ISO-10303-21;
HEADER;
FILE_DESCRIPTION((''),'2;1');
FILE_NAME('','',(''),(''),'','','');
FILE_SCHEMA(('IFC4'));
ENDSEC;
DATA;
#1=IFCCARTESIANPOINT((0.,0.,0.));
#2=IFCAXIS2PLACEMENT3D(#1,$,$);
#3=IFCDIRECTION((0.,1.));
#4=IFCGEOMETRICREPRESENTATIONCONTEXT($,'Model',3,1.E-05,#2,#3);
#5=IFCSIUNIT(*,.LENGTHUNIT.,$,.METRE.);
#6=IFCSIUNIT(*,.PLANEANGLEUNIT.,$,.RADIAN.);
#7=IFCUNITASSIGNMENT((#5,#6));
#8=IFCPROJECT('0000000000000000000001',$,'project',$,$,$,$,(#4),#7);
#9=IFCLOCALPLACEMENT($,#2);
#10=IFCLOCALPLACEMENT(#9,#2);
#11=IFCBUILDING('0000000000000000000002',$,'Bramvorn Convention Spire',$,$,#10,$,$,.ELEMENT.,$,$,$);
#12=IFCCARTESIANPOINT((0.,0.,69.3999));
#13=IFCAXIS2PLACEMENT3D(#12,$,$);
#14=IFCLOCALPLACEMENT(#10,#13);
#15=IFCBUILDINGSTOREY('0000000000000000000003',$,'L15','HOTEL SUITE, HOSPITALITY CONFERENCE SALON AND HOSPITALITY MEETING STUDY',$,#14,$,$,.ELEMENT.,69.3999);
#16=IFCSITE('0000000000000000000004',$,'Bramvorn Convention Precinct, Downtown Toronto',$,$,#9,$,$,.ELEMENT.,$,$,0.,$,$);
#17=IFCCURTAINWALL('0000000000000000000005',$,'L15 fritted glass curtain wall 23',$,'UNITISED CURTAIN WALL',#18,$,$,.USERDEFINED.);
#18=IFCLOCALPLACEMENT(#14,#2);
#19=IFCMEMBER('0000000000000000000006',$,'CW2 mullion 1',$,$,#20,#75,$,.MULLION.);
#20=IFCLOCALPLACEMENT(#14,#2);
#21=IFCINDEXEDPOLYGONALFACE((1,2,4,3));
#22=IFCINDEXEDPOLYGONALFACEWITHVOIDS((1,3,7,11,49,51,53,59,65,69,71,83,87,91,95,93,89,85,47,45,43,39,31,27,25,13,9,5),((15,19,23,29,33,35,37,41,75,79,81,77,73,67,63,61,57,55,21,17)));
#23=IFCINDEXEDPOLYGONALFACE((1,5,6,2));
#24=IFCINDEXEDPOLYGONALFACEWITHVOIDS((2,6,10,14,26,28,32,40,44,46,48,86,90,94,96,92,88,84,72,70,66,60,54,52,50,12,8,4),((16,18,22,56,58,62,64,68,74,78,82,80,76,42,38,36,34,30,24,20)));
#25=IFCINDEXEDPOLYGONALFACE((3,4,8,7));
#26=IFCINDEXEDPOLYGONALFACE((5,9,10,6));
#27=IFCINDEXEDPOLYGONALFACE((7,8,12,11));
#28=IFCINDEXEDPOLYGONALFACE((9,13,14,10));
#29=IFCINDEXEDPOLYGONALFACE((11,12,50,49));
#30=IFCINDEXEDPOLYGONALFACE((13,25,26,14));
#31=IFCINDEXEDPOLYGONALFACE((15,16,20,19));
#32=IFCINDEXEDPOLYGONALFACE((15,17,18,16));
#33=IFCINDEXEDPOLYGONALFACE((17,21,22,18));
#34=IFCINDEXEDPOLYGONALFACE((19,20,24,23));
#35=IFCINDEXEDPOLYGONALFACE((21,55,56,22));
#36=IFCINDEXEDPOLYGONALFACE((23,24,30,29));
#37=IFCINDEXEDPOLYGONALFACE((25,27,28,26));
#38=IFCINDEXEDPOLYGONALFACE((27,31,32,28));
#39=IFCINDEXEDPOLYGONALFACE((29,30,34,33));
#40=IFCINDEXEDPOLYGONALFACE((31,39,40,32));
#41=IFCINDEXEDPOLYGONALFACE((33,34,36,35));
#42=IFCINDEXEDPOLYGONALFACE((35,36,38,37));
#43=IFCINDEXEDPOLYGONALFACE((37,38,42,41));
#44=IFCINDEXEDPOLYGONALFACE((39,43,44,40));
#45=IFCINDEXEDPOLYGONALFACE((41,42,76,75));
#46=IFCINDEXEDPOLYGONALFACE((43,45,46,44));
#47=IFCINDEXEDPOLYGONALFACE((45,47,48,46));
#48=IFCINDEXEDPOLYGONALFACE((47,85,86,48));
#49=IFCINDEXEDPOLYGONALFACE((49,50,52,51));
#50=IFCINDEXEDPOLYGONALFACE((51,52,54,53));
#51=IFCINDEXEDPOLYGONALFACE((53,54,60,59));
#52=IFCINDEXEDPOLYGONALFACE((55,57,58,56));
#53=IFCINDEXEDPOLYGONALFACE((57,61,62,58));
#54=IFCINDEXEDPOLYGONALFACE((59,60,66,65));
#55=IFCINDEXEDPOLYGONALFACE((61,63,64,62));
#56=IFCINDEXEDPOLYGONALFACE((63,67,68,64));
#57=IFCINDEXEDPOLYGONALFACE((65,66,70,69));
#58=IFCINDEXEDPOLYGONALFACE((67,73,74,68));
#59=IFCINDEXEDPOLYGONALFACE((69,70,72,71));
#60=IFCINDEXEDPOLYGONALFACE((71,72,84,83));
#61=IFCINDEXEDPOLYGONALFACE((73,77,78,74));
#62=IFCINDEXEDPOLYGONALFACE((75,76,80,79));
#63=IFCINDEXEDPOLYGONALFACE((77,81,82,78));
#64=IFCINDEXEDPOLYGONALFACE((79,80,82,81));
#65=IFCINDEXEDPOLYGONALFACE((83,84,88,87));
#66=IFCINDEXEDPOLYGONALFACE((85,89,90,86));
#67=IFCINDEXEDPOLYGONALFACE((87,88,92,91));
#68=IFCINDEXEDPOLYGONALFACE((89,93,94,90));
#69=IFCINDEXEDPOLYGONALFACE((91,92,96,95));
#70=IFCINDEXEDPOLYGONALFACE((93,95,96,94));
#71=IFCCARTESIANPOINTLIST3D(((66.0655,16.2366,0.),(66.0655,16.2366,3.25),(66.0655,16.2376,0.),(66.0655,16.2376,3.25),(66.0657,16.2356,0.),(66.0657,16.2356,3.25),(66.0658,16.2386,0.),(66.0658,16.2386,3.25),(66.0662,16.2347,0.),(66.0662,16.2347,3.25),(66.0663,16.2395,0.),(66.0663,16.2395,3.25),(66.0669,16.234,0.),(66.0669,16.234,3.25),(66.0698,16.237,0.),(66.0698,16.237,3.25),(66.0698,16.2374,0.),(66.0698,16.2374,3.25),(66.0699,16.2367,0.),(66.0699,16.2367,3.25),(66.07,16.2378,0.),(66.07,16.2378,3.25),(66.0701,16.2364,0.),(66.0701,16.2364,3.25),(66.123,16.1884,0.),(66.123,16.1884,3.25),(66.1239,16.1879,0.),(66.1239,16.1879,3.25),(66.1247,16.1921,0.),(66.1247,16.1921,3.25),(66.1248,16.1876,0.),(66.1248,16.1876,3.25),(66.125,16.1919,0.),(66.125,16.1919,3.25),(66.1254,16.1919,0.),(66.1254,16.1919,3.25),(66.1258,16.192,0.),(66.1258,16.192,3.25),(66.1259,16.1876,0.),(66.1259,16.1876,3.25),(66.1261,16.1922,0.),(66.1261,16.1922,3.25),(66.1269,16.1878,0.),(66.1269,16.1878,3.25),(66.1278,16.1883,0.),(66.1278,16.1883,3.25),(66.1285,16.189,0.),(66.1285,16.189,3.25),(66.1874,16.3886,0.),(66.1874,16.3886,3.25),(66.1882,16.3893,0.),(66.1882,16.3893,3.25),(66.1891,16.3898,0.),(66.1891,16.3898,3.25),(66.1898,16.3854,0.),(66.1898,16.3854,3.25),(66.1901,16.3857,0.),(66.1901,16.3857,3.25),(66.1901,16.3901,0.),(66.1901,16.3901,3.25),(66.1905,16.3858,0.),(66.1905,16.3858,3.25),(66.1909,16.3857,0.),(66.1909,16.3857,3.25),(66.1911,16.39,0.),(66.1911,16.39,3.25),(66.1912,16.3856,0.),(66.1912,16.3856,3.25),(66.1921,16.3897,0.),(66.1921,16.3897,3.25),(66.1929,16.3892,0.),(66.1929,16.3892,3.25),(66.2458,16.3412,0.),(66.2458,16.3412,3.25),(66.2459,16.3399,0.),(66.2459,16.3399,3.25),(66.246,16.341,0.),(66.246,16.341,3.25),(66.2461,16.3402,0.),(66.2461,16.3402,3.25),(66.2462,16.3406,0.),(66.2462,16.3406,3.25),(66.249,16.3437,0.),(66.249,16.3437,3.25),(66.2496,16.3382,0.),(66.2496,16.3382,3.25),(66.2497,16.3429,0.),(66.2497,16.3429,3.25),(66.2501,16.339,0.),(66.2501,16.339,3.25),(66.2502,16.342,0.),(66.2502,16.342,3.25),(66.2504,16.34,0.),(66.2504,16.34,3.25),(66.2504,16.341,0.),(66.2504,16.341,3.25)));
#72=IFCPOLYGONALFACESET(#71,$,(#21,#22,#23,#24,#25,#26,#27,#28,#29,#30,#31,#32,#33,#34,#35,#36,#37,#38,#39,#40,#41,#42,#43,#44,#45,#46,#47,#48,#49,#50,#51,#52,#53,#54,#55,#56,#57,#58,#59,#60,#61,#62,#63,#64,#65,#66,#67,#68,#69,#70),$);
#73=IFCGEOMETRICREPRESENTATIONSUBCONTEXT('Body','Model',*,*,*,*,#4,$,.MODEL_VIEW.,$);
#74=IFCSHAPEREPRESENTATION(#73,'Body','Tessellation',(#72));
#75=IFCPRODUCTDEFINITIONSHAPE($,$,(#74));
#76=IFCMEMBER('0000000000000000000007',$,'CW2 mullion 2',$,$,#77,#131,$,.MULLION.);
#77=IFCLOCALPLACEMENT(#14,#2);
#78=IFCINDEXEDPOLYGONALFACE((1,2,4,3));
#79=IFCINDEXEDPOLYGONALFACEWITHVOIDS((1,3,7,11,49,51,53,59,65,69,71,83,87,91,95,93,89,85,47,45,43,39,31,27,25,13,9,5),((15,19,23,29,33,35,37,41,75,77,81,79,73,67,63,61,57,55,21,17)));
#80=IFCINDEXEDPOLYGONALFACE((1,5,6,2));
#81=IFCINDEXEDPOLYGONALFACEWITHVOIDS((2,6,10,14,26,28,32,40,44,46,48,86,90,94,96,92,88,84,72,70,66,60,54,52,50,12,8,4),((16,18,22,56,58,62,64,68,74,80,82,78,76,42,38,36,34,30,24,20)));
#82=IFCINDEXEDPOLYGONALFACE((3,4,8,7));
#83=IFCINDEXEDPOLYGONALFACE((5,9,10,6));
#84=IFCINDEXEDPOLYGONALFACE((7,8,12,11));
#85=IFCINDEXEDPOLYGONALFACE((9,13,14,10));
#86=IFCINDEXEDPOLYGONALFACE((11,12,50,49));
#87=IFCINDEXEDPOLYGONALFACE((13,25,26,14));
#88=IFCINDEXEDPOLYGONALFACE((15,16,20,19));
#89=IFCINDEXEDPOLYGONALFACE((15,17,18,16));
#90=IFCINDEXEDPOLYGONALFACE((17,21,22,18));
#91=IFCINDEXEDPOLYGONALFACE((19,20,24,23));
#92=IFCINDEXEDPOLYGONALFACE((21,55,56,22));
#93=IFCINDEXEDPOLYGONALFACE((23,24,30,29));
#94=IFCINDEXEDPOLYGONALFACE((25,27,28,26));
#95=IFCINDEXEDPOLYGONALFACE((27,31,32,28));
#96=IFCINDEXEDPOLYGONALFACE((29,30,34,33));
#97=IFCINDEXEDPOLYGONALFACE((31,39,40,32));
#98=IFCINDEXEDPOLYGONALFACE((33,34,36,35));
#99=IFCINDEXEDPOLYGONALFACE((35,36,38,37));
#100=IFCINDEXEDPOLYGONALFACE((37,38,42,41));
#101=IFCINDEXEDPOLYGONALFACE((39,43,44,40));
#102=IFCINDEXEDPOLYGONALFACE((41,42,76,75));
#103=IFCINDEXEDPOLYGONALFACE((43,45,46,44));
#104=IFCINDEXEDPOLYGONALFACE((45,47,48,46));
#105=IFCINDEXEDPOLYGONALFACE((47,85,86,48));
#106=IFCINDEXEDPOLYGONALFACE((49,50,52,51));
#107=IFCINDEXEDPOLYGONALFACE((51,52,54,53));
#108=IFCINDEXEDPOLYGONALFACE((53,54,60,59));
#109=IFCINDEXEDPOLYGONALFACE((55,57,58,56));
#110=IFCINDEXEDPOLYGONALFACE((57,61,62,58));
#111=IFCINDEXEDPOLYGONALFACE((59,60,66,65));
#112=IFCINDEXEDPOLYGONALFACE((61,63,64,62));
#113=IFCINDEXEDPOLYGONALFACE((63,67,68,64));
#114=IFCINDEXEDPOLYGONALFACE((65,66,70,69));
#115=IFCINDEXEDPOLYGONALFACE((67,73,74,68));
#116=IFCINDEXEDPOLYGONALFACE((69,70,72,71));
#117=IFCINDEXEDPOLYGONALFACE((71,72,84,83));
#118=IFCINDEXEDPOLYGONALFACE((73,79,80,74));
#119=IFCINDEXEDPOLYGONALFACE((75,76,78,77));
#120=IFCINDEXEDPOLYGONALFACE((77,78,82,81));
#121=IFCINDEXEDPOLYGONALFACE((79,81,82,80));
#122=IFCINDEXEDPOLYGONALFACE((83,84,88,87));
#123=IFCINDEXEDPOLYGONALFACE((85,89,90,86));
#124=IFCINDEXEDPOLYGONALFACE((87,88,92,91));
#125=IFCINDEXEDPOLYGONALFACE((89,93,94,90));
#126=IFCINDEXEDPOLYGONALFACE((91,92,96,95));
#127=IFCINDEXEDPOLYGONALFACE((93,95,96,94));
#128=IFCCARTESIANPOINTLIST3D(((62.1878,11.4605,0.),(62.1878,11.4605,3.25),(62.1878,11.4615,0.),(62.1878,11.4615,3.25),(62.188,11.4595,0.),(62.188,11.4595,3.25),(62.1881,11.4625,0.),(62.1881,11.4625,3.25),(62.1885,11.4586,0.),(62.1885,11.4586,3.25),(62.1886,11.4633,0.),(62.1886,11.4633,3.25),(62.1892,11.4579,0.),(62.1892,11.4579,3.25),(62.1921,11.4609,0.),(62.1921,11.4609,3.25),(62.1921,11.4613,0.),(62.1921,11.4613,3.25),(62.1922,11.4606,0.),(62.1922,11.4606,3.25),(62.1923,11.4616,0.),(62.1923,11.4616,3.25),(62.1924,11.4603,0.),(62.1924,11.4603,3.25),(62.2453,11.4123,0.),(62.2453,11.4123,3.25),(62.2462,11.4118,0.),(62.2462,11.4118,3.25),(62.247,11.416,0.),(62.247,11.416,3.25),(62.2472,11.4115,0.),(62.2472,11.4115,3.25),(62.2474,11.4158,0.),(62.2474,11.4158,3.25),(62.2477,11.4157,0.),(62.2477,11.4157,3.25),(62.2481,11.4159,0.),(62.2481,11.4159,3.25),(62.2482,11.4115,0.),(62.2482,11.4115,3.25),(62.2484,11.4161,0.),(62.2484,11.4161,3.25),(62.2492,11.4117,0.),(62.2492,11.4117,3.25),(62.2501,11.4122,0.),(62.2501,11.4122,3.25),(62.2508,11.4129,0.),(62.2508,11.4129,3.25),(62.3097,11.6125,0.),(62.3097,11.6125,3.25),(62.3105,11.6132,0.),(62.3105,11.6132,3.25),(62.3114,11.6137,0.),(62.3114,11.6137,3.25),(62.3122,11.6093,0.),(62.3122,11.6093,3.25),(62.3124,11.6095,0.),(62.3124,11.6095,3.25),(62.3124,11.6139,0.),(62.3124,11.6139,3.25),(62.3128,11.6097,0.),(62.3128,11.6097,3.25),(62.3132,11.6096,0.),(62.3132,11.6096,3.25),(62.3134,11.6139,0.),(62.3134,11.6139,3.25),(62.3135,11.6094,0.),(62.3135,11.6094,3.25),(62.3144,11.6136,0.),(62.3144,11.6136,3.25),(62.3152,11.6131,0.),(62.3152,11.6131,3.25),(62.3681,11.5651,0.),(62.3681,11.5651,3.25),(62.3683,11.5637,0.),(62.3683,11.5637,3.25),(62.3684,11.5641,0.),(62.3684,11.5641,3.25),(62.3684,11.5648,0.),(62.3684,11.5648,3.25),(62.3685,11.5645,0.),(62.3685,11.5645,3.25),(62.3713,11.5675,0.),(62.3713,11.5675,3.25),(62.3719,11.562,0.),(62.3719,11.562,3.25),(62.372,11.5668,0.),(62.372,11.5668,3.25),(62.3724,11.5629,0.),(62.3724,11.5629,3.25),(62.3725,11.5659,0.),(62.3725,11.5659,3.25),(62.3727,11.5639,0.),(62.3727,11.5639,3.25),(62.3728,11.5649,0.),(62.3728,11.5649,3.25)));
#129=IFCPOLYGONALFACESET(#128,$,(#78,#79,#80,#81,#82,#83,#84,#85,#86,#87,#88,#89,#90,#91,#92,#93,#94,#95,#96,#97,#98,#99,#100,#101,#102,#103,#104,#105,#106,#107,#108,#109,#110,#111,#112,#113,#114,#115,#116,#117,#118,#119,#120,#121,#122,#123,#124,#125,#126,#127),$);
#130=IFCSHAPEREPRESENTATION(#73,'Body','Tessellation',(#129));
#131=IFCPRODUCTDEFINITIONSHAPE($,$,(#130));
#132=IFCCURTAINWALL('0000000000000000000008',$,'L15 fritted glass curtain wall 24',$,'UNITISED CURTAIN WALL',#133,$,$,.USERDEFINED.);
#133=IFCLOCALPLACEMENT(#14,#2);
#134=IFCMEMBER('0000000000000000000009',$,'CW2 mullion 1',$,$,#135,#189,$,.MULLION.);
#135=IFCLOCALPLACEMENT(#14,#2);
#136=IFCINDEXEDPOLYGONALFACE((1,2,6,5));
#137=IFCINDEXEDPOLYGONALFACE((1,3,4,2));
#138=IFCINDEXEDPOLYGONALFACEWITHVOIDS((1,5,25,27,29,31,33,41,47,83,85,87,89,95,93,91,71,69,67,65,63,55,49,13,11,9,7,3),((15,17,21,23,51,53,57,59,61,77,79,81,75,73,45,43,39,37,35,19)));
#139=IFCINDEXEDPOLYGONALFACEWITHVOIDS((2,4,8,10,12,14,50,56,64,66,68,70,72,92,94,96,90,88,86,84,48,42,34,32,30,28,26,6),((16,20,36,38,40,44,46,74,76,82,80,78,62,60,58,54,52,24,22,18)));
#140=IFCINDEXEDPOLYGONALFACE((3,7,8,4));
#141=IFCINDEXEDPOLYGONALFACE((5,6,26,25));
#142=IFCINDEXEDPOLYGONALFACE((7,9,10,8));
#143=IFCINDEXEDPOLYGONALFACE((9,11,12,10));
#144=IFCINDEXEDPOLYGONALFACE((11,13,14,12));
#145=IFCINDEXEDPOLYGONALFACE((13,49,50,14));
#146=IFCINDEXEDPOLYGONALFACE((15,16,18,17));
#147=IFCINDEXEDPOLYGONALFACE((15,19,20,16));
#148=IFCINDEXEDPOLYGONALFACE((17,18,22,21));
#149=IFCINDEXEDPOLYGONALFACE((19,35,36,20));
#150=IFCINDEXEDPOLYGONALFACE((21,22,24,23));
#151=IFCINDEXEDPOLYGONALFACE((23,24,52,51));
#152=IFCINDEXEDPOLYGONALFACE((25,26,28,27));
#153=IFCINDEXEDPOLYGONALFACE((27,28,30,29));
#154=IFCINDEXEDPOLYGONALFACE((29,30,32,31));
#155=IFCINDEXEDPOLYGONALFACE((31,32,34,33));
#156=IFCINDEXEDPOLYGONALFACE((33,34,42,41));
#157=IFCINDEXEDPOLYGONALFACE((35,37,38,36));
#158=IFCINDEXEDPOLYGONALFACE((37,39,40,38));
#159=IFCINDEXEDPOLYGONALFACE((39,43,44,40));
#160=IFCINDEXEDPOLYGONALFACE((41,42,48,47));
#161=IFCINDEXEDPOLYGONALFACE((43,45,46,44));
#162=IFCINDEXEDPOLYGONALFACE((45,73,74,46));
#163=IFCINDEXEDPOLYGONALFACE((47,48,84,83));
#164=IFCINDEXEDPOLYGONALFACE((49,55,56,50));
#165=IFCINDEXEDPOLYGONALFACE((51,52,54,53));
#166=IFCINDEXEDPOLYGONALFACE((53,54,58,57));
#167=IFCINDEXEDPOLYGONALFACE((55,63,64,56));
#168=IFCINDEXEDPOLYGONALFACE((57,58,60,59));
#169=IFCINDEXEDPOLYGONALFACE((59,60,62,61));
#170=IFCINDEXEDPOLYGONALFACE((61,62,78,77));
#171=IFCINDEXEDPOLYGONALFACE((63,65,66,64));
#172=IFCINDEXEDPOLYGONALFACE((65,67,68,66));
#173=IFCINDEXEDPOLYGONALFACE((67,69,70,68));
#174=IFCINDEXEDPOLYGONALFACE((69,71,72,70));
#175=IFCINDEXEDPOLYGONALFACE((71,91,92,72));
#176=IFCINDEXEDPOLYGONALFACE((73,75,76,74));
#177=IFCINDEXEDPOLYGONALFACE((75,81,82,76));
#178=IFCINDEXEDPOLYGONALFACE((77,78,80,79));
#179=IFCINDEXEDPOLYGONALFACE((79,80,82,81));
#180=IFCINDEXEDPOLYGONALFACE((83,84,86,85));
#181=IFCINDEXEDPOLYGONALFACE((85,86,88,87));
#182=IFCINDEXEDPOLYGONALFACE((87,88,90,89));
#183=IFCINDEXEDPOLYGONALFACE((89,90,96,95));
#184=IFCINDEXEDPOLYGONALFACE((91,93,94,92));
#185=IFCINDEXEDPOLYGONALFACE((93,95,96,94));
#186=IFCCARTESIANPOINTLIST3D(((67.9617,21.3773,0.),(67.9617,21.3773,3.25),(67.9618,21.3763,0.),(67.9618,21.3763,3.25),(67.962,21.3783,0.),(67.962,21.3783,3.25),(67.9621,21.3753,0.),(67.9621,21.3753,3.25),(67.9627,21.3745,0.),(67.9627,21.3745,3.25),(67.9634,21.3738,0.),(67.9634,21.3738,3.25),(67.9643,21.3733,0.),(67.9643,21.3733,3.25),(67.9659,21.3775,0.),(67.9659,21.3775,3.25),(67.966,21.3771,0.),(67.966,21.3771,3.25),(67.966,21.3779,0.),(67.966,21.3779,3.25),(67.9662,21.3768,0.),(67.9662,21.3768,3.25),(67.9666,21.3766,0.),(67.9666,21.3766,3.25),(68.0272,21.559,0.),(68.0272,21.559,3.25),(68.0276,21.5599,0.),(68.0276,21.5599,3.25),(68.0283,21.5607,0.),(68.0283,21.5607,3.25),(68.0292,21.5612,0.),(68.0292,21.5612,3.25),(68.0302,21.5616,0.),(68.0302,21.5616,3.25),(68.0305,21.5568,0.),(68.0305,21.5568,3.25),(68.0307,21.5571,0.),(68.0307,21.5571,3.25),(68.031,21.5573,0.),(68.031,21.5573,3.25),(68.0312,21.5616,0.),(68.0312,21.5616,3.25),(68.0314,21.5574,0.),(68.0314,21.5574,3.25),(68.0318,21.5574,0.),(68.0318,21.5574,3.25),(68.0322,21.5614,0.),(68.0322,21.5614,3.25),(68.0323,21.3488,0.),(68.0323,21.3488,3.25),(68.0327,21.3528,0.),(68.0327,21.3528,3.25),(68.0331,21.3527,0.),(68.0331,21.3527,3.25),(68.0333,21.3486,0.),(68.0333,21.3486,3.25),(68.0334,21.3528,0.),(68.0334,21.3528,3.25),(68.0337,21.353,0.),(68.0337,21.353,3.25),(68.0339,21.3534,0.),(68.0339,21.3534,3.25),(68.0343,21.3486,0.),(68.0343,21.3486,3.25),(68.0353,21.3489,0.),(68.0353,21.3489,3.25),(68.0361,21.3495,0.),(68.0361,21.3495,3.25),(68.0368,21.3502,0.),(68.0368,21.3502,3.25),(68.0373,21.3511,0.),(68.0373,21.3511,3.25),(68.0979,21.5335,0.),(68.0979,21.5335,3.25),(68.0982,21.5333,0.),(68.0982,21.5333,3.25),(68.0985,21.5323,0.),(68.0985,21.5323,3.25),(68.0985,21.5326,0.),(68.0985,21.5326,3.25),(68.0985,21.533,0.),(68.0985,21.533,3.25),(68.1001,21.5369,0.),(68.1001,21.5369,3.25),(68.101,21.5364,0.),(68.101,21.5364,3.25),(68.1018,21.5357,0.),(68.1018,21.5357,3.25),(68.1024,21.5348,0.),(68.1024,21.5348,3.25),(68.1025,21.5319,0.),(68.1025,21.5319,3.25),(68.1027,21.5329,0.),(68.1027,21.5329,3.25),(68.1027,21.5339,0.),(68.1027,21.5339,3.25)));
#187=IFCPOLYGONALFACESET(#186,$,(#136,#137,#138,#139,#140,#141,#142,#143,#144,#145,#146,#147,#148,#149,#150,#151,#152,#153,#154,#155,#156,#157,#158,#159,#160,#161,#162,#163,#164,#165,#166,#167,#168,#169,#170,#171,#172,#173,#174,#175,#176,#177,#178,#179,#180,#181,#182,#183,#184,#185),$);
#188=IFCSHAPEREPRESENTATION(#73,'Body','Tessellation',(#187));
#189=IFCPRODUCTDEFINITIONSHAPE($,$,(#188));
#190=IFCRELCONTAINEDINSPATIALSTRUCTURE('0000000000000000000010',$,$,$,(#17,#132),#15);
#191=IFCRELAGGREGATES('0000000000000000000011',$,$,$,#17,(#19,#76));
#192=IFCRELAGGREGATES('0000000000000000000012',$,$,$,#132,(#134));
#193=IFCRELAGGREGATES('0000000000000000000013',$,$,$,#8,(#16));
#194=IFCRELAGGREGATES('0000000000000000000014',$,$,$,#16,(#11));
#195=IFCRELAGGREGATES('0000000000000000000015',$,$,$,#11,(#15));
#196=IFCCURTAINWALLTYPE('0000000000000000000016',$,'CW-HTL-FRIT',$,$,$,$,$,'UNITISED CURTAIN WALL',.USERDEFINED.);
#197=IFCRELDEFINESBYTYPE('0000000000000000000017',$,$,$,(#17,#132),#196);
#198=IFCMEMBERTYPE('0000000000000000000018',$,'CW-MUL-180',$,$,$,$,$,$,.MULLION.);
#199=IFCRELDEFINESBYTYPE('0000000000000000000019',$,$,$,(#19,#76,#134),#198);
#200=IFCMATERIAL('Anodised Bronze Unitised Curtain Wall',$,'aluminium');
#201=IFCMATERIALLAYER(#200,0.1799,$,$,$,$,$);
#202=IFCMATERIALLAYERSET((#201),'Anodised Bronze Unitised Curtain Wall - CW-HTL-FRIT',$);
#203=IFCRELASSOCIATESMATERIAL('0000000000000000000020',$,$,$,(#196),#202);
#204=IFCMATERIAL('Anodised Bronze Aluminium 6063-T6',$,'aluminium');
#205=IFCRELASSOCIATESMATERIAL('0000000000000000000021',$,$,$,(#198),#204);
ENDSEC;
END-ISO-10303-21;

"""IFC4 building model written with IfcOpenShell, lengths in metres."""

from ifc_helpers import new_model, si_unit, direction, frame, origin, origin_2d, place, context, subcontext, project, spatial, hollow_rectangle, extrude, material, layer, layer_set, material_profile, profile_set, type_object, element, aggregate, save


model = new_model("IFC4")

# Units and contexts
model_context = context("Model", 3, precision=1e-05, world=origin(), true_north=direction((0.0, 1.0)))
body_context = subcontext(model_context, "Body", "Model", "MODEL_VIEW")
ifc_project = project(units=[si_unit("LENGTHUNIT", "METRE"), si_unit("PLANEANGLEUNIT", "RADIAN")], contexts=[model_context])

# Site, building, storey
site_placement = place(None, origin())
site = spatial("IfcSite", under=ifc_project, at=site_placement, Name="Bramvorn Convention Precinct, Downtown Toronto", CompositionType="ELEMENT", RefElevation=0.0)
building_placement = place(site_placement, origin())
building = spatial("IfcBuilding", under=site, at=building_placement, Name="Bramvorn Convention Spire", CompositionType="ELEMENT")
storey_placement = place(building_placement, frame((0.0, 0.0, 69.3999)))
storey = spatial("IfcBuildingStorey", under=building, at=storey_placement, Name="L15", Description="HOTEL SUITE, HOSPITALITY CONFERENCE SALON AND HOSPITALITY MEETING STUDY", CompositionType="ELEMENT", Elevation=69.3999)

# Curtain walls, members
ifc_material_1 = material(Name="Anodised Bronze Unitised Curtain Wall", Category="aluminium")
ifc_layer_1 = layer(ifc_material_1, 0.1799)
ifc_layer_set_1 = layer_set([ifc_layer_1], Name="Anodised Bronze Unitised Curtain Wall - CW-HTL-FRIT")
curtain_wall_type = type_object("IfcCurtainWallType", Name="CW-HTL-FRIT", ElementType="UNITISED CURTAIN WALL", PredefinedType="USERDEFINED", material=ifc_layer_set_1)
curtain_wall_1_placement = place(storey_placement, origin())
curtain_wall_1 = element("IfcCurtainWall", 1, at=curtain_wall_1_placement, inside=storey, type_object=curtain_wall_type, Name="L15 fritted glass curtain wall 23", ObjectType="UNITISED CURTAIN WALL", PredefinedType="USERDEFINED")
ifc_material_2 = material(Name="Anodised Bronze Aluminium 6063-T6", Category="aluminium")
ifc_material_profile_1 = material_profile(ifc_material_2, hollow_rectangle(XDim=0.0801, YDim=0.2, WallThickness=0.0039, InnerFilletRadius=0.001, OuterFilletRadius=0.0039, at=origin_2d()))
ifc_profile_set_1 = profile_set([ifc_material_profile_1], Name="Anodised Bronze Aluminium 6063-T6 - CWM80X200")
member_type_1 = type_object("IfcMemberType", Name="CW-MUL-180", PredefinedType="MULLION", material=ifc_profile_set_1)
member_1_placement = place(storey_placement, frame((66.158, 16.2888, 0.0), z_axis=(0.0, 0.0, 1.0), x_axis=(0.776367, -0.630282, 0.0)))
member_1 = element("IfcMember", 2, at=member_1_placement, type_object=member_type_1, Name="CW2 mullion 1", PredefinedType="MULLION", context=body_context, shape_type="SweptSolid", body=[
    extrude(hollow_rectangle(XDim=0.0801, YDim=0.2, WallThickness=0.0039, InnerFilletRadius=0.001, OuterFilletRadius=0.0039, at=origin_2d()), origin(), (0.0, 0.0, 1.0), 3.25),
])
member_2_placement = place(storey_placement, frame((62.2803, 11.5127, 0.0), z_axis=(0.0, 0.0, 1.0), x_axis=(0.776367, -0.630282, 0.0)))
member_2 = element("IfcMember", 3, at=member_2_placement, type_object=member_type_1, Name="CW2 mullion 2", PredefinedType="MULLION", context=body_context, shape_type="SweptSolid", body=[
    extrude(hollow_rectangle(XDim=0.0801, YDim=0.2, WallThickness=0.0039, InnerFilletRadius=0.001, OuterFilletRadius=0.0039, at=origin_2d()), origin(), (0.0, 0.0, 1.0), 3.25),
])
curtain_wall_2_placement = place(storey_placement, origin())
curtain_wall_2 = element("IfcCurtainWall", 4, at=curtain_wall_2_placement, inside=storey, type_object=curtain_wall_type, Name="L15 fritted glass curtain wall 24", ObjectType="UNITISED CURTAIN WALL", PredefinedType="USERDEFINED")
member_3_placement = place(storey_placement, frame((68.0322, 21.4551, 0.0), z_axis=(0.0, 0.0, 1.0), x_axis=(0.940655, -0.339364, 0.0)))
member_3 = element("IfcMember", 5, at=member_3_placement, type_object=member_type_1, Name="CW2 mullion 1", PredefinedType="MULLION", context=body_context, shape_type="SweptSolid", body=[
    extrude(hollow_rectangle(XDim=0.0801, YDim=0.2, WallThickness=0.0039, InnerFilletRadius=0.001, OuterFilletRadius=0.0039, at=origin_2d()), origin(), (0.0, 0.0, 1.0), 3.25),
])

aggregate(curtain_wall_1, [member_1, member_2])
aggregate(curtain_wall_2, [member_3])

save(model, "model.ifc")
